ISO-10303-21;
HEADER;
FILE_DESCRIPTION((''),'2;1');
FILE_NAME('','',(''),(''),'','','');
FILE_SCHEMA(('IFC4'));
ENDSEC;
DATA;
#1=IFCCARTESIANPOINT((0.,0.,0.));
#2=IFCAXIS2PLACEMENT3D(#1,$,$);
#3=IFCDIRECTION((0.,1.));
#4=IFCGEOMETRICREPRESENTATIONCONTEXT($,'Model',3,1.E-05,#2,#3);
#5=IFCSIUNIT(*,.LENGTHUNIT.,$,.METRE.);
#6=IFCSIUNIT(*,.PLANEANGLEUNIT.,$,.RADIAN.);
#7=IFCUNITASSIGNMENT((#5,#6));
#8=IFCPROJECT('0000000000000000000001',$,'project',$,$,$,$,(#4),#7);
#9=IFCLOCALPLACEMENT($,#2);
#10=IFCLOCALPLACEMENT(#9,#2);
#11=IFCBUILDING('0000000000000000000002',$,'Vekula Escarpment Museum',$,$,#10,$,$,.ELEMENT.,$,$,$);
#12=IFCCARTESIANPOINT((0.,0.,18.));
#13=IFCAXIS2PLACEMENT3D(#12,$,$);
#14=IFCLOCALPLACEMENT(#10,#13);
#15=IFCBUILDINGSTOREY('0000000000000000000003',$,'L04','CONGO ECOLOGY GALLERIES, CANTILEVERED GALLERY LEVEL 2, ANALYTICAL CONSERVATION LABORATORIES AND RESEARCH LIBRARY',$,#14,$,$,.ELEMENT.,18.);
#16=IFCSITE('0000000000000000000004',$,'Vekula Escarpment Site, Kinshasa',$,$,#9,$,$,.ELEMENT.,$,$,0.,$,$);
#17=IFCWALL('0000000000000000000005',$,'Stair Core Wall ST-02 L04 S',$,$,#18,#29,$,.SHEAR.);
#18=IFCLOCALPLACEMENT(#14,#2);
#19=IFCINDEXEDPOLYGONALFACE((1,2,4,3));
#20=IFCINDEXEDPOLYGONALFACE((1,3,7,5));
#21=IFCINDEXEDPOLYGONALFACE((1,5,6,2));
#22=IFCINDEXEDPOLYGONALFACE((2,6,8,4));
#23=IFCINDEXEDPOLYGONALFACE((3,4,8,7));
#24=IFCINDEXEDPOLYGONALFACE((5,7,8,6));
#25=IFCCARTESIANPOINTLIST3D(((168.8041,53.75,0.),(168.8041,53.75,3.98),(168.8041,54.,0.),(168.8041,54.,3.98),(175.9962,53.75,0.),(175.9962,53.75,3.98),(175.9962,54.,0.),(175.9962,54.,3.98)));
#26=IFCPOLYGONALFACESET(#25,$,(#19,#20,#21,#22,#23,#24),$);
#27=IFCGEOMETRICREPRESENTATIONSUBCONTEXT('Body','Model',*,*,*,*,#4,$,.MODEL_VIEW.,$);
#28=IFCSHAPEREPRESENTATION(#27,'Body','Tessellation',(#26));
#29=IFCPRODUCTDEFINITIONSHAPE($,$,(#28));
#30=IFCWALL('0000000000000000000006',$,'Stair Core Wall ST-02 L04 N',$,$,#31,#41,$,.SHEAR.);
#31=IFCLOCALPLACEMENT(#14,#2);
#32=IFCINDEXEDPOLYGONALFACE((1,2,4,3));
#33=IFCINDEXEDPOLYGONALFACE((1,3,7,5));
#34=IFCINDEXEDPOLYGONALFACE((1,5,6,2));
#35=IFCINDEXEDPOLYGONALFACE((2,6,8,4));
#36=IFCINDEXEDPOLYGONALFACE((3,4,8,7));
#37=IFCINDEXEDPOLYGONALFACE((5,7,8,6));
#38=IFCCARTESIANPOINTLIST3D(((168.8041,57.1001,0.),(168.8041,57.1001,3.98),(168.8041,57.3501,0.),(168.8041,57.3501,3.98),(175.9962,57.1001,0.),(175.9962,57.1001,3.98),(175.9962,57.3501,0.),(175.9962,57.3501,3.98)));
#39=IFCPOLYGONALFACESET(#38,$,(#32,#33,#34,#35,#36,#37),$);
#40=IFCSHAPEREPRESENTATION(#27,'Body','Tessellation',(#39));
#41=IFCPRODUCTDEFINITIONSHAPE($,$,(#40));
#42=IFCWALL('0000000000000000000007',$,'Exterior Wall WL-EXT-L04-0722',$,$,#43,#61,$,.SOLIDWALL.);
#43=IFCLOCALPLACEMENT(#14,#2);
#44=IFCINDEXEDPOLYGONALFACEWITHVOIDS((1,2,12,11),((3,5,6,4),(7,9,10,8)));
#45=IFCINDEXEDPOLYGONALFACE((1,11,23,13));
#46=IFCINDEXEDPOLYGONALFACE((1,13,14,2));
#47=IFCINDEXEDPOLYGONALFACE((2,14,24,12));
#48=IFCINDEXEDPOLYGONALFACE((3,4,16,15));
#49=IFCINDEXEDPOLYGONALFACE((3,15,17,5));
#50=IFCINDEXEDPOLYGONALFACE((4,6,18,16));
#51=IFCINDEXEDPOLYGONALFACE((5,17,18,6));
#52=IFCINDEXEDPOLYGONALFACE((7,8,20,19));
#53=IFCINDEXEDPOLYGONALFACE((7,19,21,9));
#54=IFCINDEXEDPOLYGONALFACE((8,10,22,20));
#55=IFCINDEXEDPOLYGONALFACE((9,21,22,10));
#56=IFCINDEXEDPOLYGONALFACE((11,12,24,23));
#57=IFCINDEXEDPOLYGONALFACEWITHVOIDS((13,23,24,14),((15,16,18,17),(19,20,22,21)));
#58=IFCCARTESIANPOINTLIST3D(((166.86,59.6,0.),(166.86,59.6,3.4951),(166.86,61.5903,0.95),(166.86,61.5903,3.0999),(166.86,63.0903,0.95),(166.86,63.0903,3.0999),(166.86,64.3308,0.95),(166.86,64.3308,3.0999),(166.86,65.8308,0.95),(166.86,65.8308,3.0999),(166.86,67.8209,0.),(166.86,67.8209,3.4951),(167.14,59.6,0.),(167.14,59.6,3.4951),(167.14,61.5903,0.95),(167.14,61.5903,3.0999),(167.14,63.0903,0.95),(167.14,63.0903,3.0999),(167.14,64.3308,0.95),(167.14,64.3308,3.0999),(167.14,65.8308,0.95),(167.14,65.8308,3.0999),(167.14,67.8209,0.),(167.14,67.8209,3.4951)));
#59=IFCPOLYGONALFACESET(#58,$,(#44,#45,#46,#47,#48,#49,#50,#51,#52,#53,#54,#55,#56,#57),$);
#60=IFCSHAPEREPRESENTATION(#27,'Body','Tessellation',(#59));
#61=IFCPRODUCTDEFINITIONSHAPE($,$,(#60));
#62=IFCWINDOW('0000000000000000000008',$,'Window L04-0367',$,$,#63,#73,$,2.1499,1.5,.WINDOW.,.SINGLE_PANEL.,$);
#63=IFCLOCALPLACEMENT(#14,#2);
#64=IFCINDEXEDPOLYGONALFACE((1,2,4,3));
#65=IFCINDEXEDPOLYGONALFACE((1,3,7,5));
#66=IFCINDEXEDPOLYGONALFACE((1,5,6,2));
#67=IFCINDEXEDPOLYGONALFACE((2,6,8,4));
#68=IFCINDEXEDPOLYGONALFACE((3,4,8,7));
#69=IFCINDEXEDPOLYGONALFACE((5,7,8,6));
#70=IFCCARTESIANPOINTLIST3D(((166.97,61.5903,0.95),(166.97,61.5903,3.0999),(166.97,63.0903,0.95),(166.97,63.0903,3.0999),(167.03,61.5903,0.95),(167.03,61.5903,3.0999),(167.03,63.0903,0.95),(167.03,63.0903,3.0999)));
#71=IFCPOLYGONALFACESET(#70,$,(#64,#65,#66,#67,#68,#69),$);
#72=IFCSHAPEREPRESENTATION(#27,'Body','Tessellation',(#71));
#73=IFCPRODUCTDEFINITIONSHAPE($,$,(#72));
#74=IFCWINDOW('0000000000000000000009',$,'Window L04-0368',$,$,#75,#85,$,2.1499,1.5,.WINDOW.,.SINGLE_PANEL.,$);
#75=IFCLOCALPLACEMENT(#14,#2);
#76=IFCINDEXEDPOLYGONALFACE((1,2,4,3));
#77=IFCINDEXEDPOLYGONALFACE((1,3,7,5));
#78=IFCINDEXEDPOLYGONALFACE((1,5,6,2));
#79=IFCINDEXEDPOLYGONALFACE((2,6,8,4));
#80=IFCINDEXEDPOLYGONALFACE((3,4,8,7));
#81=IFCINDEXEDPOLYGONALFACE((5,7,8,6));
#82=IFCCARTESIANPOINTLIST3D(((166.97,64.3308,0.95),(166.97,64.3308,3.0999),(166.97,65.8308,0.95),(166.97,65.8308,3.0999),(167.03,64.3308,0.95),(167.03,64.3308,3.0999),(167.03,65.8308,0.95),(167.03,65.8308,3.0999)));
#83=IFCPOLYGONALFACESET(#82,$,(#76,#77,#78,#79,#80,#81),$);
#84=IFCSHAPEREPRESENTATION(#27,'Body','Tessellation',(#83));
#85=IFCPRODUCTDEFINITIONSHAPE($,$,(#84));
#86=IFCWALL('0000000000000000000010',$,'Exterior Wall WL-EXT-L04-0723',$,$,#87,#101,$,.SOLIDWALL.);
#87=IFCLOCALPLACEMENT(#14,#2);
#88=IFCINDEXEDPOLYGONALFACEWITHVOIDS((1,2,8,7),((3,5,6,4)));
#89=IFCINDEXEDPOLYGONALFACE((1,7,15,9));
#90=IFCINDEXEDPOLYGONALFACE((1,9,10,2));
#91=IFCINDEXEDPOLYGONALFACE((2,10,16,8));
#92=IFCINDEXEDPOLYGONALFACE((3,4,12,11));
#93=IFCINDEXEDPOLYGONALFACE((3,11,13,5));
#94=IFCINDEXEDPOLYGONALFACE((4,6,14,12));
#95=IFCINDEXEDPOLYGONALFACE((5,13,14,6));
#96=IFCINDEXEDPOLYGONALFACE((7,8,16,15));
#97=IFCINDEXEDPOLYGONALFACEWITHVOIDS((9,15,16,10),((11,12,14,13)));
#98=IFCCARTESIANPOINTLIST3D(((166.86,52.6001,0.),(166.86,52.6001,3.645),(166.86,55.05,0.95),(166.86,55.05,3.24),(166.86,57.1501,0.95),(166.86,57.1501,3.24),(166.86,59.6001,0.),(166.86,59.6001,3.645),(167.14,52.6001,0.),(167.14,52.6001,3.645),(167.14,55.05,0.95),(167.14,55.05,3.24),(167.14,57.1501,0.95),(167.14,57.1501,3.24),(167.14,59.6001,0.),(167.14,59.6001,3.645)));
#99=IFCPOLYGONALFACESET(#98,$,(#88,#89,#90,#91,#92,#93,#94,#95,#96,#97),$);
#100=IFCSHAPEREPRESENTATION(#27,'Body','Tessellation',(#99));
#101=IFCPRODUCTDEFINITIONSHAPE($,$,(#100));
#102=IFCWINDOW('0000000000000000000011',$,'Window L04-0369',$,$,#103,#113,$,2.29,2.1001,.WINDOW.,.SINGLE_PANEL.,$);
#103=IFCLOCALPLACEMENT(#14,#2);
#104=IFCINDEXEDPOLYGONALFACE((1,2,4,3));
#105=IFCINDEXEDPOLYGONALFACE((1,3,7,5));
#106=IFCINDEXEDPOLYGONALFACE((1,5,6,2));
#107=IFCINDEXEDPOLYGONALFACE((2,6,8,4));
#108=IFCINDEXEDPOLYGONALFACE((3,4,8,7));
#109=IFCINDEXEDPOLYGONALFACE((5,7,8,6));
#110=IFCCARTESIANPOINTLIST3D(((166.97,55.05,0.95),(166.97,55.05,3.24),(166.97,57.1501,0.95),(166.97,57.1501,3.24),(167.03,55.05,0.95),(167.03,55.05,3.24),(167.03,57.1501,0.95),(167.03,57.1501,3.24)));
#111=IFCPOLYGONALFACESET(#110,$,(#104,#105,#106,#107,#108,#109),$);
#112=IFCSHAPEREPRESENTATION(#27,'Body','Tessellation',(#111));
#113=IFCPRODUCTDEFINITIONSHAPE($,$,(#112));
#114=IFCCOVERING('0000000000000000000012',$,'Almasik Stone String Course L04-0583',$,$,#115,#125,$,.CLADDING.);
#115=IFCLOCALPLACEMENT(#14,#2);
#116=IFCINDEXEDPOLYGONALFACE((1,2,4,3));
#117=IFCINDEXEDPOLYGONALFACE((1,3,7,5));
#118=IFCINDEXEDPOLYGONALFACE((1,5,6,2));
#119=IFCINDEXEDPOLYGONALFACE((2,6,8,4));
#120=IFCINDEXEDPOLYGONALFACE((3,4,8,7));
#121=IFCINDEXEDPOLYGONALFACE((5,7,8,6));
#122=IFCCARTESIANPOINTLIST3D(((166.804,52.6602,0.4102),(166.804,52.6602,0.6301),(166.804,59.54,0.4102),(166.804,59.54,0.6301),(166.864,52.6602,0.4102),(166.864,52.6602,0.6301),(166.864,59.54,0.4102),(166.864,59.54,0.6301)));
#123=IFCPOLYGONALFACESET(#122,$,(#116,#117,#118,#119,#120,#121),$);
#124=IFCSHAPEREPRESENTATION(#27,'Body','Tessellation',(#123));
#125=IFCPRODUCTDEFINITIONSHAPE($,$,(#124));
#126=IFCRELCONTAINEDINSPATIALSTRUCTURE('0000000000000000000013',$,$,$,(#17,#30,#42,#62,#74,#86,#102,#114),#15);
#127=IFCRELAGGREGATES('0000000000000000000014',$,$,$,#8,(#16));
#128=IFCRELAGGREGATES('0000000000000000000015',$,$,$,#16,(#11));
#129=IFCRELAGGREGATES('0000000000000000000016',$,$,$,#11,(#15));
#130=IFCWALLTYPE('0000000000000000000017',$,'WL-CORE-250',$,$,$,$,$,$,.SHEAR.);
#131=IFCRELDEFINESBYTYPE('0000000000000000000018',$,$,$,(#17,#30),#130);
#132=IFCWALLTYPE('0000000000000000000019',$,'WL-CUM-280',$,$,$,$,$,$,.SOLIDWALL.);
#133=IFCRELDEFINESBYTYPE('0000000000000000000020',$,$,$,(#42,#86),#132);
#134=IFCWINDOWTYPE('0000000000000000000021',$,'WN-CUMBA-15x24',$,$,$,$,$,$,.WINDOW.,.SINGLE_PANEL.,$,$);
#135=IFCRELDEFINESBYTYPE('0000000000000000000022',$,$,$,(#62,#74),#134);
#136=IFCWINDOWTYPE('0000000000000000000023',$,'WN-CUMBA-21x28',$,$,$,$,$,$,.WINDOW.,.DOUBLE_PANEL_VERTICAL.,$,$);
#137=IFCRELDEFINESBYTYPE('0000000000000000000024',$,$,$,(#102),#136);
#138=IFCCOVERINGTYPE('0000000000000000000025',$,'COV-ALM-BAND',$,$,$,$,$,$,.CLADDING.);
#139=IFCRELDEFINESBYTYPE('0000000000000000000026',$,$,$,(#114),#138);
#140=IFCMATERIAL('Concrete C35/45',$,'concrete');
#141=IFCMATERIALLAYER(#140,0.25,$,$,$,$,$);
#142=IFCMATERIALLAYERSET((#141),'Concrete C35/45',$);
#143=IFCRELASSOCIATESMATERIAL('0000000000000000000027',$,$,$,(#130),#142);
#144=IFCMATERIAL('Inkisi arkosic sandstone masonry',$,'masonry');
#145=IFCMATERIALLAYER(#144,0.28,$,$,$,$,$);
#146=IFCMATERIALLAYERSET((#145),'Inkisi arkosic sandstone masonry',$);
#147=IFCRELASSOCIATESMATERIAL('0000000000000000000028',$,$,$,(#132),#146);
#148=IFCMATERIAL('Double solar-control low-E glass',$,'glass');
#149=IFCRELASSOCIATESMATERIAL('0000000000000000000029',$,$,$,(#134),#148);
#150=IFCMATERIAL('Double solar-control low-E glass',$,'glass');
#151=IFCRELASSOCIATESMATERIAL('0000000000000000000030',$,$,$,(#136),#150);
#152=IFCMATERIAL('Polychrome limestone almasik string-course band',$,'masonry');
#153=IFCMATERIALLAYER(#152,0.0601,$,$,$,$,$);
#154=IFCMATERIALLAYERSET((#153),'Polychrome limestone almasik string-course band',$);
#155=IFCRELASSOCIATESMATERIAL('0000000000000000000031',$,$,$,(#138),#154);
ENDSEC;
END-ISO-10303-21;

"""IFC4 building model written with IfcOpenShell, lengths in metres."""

from ifc_helpers import new_model, si_unit, direction, frame, frame_2d, origin, origin_2d, place, context, subcontext, project, spatial, rectangle, extrude, material, layer, layer_set, type_object, element, fill, save


model = new_model("IFC4")

# Units and contexts
model_context = context("Model", 3, precision=1e-05, world=origin(), true_north=direction((0.0, 1.0)))
body_context = subcontext(model_context, "Body", "Model", "MODEL_VIEW")
ifc_project = project(units=[si_unit("LENGTHUNIT", "METRE"), si_unit("PLANEANGLEUNIT", "RADIAN")], contexts=[model_context])

# Site, building, storey
site_placement = place(None, origin())
site = spatial("IfcSite", under=ifc_project, at=site_placement, Name="Vekula Escarpment Site, Kinshasa", CompositionType="ELEMENT", RefElevation=0.0)
building_placement = place(site_placement, origin())
building = spatial("IfcBuilding", under=site, at=building_placement, Name="Vekula Escarpment Museum", CompositionType="ELEMENT")
storey_placement = place(building_placement, frame((0.0, 0.0, 18.0)))
storey = spatial("IfcBuildingStorey", under=building, at=storey_placement, Name="L04", Description="CONGO ECOLOGY GALLERIES, CANTILEVERED GALLERY LEVEL 2, ANALYTICAL CONSERVATION LABORATORIES AND RESEARCH LIBRARY", CompositionType="ELEMENT", Elevation=18.0)

# Shared definitions
ifc_material_1 = material(Name="Concrete C35/45", Category="concrete")
ifc_layer_1 = layer(ifc_material_1, 0.25)
ifc_layer_set_1 = layer_set([ifc_layer_1], Name="Concrete C35/45")
wall_type_1 = type_object("IfcWallType", Name="WL-CORE-250", PredefinedType="SHEAR", material=ifc_layer_set_1)

# Walls
for number, where, z_axis, x_axis, name in (
    (1, (168.804, 53.875, 0.0), (0.0, 0.0, 1.0), (1.0, 0.0, 0.0), "Stair Core Wall ST-02 L04 S"),
    (2, (168.804, 57.2251, 0.0), (0.0, 0.0, 1.0), (1.0, 0.0, 0.0), "Stair Core Wall ST-02 L04 N"),
):
    element("IfcWall", number, at=place(storey_placement, frame(where, z_axis=z_axis, x_axis=x_axis)), inside=storey, type_object=wall_type_1, Name=name, PredefinedType="SHEAR", context=body_context, shape_type="SweptSolid", body=[
        extrude(rectangle(XDim=7.1921, YDim=0.25, at=frame_2d((3.5962, 0.0))), origin(), (0.0, 0.0, 1.0), 3.98),
    ])

# Wall, openings, windows
ifc_material_2 = material(Name="Inkisi arkosic sandstone masonry", Category="masonry")
ifc_layer_2 = layer(ifc_material_2, 0.28)
ifc_layer_set_2 = layer_set([ifc_layer_2], Name="Inkisi arkosic sandstone masonry")
wall_type_2 = type_object("IfcWallType", Name="WL-CUM-280", PredefinedType="SOLIDWALL", material=ifc_layer_set_2)
wall_1_placement = place(storey_placement, frame((167.0, 59.6001, 0.0), z_axis=(0.0, 0.0, 1.0), x_axis=(0.0, 1.0, 0.0)))
wall_1 = element("IfcWall", 3, at=wall_1_placement, inside=storey, type_object=wall_type_2, Name="Exterior Wall WL-EXT-L04-0722", PredefinedType="SOLIDWALL", context=body_context, shape_type="SweptSolid", body=[
    extrude(rectangle(XDim=8.2209, YDim=0.28, at=frame_2d((4.1104, 0.0))), origin(), (0.0, 0.0, 1.0), 3.4951),
])
opening_1_placement = place(wall_1_placement, frame((1.9902, 0.0, 0.95)))
opening_1 = element("IfcOpeningElement", 4, at=opening_1_placement, cuts=wall_1, PredefinedType="OPENING", context=body_context, shape_type="SweptSolid", body=[
    extrude(rectangle(XDim=1.5, YDim=2.1499, at=frame_2d((0.75, 1.075))), frame((0.0, 0.1499, 0.0), z_axis=(0.0, -1.0, 0.0), x_axis=(1.0, 0.0, 0.0)), (0.0, 0.0, 1.0), 0.3),
])
opening_2_placement = place(wall_1_placement, frame((4.7307, 0.0, 0.95)))
opening_2 = element("IfcOpeningElement", 5, at=opening_2_placement, cuts=wall_1, PredefinedType="OPENING", context=body_context, shape_type="SweptSolid", body=[
    extrude(rectangle(XDim=1.5, YDim=2.1499, at=frame_2d((0.75, 1.075))), frame((0.0, 0.1499, 0.0), z_axis=(0.0, -1.0, 0.0), x_axis=(1.0, 0.0, 0.0)), (0.0, 0.0, 1.0), 0.3),
])
ifc_material_3 = material(Name="Double solar-control low-E glass", Category="glass")
window_type_1 = type_object("IfcWindowType", Name="WN-CUMBA-15x24", PartitioningType="SINGLE_PANEL", PredefinedType="WINDOW", material=ifc_material_3)
window_1_placement = place(opening_1_placement, origin())
window_1 = element("IfcWindow", 6, at=window_1_placement, inside=storey, type_object=window_type_1, Name="Window L04-0367", OverallHeight=2.1499, OverallWidth=1.5, PartitioningType="SINGLE_PANEL", PredefinedType="WINDOW", context=body_context, shape_type="SweptSolid", body=[
    extrude(rectangle(XDim=1.5, YDim=2.1499, at=frame_2d((0.75, 1.075))), frame((0.0, 0.03, 0.0), z_axis=(0.0, -1.0, 0.0), x_axis=(1.0, 0.0, 0.0)), (0.0, 0.0, 1.0), 0.0601),
])
fill(opening_1, window_1)
window_2_placement = place(opening_2_placement, origin())
window_2 = element("IfcWindow", 7, at=window_2_placement, inside=storey, type_object=window_type_1, Name="Window L04-0368", OverallHeight=2.1499, OverallWidth=1.5, PartitioningType="SINGLE_PANEL", PredefinedType="WINDOW", context=body_context, shape_type="SweptSolid", body=[
    extrude(rectangle(XDim=1.5, YDim=2.1499, at=frame_2d((0.75, 1.075))), frame((0.0, 0.03, 0.0), z_axis=(0.0, -1.0, 0.0), x_axis=(1.0, 0.0, 0.0)), (0.0, 0.0, 1.0), 0.0601),
])
fill(opening_2, window_2)

# Wall, opening, window
wall_2_placement = place(storey_placement, frame((167.0, 52.6001, 0.0), z_axis=(0.0, 0.0, 1.0), x_axis=(0.0, 1.0, 0.0)))
wall_2 = element("IfcWall", 8, at=wall_2_placement, inside=storey, type_object=wall_type_2, Name="Exterior Wall WL-EXT-L04-0723", PredefinedType="SOLIDWALL", context=body_context, shape_type="SweptSolid", body=[
    extrude(rectangle(XDim=7.0, YDim=0.28, at=frame_2d((3.5, 0.0))), origin(), (0.0, 0.0, 1.0), 3.645),
])
opening_3_placement = place(wall_2_placement, frame((2.45, 0.0, 0.95)))
opening_3 = element("IfcOpeningElement", 9, at=opening_3_placement, cuts=wall_2, PredefinedType="OPENING", context=body_context, shape_type="SweptSolid", body=[
    extrude(rectangle(XDim=2.1001, YDim=2.29, at=frame_2d((1.05, 1.145))), frame((0.0, 0.1499, 0.0), z_axis=(0.0, -1.0, 0.0), x_axis=(1.0, 0.0, 0.0)), (0.0, 0.0, 1.0), 0.3),
])
ifc_material_4 = material(Name="Double solar-control low-E glass", Category="glass")
window_type_2 = type_object("IfcWindowType", Name="WN-CUMBA-21x28", PartitioningType="DOUBLE_PANEL_VERTICAL", PredefinedType="WINDOW", material=ifc_material_4)
window_3_placement = place(opening_3_placement, origin())
window_3 = element("IfcWindow", 10, at=window_3_placement, inside=storey, type_object=window_type_2, Name="Window L04-0369", OverallHeight=2.29, OverallWidth=2.1001, PartitioningType="SINGLE_PANEL", PredefinedType="WINDOW", context=body_context, shape_type="SweptSolid", body=[
    extrude(rectangle(XDim=2.1001, YDim=2.29, at=frame_2d((1.05, 1.145))), frame((0.0, 0.03, 0.0), z_axis=(0.0, -1.0, 0.0), x_axis=(1.0, 0.0, 0.0)), (0.0, 0.0, 1.0), 0.0601),
])
fill(opening_3, window_3)

# Covering
ifc_material_5 = material(Name="Polychrome limestone almasik string-course band", Category="masonry")
ifc_layer_3 = layer(ifc_material_5, 0.0601)
ifc_layer_set_3 = layer_set([ifc_layer_3], Name="Polychrome limestone almasik string-course band")
covering_type = type_object("IfcCoveringType", Name="COV-ALM-BAND", PredefinedType="CLADDING", material=ifc_layer_set_3)
covering_placement = place(storey_placement, frame((166.834, 56.1001, 0.4102), z_axis=(0.0, 0.0, 1.0), x_axis=(0.0, 1.0, 0.0)))
element("IfcCovering", 11, at=covering_placement, inside=storey, type_object=covering_type, Name="Almasik Stone String Course L04-0583", PredefinedType="CLADDING", context=body_context, shape_type="SweptSolid", body=[
    extrude(rectangle(XDim=6.8799, YDim=0.0601, at=origin_2d()), origin(), (0.0, 0.0, 1.0), 0.22),
])

save(model, "model.ifc")
